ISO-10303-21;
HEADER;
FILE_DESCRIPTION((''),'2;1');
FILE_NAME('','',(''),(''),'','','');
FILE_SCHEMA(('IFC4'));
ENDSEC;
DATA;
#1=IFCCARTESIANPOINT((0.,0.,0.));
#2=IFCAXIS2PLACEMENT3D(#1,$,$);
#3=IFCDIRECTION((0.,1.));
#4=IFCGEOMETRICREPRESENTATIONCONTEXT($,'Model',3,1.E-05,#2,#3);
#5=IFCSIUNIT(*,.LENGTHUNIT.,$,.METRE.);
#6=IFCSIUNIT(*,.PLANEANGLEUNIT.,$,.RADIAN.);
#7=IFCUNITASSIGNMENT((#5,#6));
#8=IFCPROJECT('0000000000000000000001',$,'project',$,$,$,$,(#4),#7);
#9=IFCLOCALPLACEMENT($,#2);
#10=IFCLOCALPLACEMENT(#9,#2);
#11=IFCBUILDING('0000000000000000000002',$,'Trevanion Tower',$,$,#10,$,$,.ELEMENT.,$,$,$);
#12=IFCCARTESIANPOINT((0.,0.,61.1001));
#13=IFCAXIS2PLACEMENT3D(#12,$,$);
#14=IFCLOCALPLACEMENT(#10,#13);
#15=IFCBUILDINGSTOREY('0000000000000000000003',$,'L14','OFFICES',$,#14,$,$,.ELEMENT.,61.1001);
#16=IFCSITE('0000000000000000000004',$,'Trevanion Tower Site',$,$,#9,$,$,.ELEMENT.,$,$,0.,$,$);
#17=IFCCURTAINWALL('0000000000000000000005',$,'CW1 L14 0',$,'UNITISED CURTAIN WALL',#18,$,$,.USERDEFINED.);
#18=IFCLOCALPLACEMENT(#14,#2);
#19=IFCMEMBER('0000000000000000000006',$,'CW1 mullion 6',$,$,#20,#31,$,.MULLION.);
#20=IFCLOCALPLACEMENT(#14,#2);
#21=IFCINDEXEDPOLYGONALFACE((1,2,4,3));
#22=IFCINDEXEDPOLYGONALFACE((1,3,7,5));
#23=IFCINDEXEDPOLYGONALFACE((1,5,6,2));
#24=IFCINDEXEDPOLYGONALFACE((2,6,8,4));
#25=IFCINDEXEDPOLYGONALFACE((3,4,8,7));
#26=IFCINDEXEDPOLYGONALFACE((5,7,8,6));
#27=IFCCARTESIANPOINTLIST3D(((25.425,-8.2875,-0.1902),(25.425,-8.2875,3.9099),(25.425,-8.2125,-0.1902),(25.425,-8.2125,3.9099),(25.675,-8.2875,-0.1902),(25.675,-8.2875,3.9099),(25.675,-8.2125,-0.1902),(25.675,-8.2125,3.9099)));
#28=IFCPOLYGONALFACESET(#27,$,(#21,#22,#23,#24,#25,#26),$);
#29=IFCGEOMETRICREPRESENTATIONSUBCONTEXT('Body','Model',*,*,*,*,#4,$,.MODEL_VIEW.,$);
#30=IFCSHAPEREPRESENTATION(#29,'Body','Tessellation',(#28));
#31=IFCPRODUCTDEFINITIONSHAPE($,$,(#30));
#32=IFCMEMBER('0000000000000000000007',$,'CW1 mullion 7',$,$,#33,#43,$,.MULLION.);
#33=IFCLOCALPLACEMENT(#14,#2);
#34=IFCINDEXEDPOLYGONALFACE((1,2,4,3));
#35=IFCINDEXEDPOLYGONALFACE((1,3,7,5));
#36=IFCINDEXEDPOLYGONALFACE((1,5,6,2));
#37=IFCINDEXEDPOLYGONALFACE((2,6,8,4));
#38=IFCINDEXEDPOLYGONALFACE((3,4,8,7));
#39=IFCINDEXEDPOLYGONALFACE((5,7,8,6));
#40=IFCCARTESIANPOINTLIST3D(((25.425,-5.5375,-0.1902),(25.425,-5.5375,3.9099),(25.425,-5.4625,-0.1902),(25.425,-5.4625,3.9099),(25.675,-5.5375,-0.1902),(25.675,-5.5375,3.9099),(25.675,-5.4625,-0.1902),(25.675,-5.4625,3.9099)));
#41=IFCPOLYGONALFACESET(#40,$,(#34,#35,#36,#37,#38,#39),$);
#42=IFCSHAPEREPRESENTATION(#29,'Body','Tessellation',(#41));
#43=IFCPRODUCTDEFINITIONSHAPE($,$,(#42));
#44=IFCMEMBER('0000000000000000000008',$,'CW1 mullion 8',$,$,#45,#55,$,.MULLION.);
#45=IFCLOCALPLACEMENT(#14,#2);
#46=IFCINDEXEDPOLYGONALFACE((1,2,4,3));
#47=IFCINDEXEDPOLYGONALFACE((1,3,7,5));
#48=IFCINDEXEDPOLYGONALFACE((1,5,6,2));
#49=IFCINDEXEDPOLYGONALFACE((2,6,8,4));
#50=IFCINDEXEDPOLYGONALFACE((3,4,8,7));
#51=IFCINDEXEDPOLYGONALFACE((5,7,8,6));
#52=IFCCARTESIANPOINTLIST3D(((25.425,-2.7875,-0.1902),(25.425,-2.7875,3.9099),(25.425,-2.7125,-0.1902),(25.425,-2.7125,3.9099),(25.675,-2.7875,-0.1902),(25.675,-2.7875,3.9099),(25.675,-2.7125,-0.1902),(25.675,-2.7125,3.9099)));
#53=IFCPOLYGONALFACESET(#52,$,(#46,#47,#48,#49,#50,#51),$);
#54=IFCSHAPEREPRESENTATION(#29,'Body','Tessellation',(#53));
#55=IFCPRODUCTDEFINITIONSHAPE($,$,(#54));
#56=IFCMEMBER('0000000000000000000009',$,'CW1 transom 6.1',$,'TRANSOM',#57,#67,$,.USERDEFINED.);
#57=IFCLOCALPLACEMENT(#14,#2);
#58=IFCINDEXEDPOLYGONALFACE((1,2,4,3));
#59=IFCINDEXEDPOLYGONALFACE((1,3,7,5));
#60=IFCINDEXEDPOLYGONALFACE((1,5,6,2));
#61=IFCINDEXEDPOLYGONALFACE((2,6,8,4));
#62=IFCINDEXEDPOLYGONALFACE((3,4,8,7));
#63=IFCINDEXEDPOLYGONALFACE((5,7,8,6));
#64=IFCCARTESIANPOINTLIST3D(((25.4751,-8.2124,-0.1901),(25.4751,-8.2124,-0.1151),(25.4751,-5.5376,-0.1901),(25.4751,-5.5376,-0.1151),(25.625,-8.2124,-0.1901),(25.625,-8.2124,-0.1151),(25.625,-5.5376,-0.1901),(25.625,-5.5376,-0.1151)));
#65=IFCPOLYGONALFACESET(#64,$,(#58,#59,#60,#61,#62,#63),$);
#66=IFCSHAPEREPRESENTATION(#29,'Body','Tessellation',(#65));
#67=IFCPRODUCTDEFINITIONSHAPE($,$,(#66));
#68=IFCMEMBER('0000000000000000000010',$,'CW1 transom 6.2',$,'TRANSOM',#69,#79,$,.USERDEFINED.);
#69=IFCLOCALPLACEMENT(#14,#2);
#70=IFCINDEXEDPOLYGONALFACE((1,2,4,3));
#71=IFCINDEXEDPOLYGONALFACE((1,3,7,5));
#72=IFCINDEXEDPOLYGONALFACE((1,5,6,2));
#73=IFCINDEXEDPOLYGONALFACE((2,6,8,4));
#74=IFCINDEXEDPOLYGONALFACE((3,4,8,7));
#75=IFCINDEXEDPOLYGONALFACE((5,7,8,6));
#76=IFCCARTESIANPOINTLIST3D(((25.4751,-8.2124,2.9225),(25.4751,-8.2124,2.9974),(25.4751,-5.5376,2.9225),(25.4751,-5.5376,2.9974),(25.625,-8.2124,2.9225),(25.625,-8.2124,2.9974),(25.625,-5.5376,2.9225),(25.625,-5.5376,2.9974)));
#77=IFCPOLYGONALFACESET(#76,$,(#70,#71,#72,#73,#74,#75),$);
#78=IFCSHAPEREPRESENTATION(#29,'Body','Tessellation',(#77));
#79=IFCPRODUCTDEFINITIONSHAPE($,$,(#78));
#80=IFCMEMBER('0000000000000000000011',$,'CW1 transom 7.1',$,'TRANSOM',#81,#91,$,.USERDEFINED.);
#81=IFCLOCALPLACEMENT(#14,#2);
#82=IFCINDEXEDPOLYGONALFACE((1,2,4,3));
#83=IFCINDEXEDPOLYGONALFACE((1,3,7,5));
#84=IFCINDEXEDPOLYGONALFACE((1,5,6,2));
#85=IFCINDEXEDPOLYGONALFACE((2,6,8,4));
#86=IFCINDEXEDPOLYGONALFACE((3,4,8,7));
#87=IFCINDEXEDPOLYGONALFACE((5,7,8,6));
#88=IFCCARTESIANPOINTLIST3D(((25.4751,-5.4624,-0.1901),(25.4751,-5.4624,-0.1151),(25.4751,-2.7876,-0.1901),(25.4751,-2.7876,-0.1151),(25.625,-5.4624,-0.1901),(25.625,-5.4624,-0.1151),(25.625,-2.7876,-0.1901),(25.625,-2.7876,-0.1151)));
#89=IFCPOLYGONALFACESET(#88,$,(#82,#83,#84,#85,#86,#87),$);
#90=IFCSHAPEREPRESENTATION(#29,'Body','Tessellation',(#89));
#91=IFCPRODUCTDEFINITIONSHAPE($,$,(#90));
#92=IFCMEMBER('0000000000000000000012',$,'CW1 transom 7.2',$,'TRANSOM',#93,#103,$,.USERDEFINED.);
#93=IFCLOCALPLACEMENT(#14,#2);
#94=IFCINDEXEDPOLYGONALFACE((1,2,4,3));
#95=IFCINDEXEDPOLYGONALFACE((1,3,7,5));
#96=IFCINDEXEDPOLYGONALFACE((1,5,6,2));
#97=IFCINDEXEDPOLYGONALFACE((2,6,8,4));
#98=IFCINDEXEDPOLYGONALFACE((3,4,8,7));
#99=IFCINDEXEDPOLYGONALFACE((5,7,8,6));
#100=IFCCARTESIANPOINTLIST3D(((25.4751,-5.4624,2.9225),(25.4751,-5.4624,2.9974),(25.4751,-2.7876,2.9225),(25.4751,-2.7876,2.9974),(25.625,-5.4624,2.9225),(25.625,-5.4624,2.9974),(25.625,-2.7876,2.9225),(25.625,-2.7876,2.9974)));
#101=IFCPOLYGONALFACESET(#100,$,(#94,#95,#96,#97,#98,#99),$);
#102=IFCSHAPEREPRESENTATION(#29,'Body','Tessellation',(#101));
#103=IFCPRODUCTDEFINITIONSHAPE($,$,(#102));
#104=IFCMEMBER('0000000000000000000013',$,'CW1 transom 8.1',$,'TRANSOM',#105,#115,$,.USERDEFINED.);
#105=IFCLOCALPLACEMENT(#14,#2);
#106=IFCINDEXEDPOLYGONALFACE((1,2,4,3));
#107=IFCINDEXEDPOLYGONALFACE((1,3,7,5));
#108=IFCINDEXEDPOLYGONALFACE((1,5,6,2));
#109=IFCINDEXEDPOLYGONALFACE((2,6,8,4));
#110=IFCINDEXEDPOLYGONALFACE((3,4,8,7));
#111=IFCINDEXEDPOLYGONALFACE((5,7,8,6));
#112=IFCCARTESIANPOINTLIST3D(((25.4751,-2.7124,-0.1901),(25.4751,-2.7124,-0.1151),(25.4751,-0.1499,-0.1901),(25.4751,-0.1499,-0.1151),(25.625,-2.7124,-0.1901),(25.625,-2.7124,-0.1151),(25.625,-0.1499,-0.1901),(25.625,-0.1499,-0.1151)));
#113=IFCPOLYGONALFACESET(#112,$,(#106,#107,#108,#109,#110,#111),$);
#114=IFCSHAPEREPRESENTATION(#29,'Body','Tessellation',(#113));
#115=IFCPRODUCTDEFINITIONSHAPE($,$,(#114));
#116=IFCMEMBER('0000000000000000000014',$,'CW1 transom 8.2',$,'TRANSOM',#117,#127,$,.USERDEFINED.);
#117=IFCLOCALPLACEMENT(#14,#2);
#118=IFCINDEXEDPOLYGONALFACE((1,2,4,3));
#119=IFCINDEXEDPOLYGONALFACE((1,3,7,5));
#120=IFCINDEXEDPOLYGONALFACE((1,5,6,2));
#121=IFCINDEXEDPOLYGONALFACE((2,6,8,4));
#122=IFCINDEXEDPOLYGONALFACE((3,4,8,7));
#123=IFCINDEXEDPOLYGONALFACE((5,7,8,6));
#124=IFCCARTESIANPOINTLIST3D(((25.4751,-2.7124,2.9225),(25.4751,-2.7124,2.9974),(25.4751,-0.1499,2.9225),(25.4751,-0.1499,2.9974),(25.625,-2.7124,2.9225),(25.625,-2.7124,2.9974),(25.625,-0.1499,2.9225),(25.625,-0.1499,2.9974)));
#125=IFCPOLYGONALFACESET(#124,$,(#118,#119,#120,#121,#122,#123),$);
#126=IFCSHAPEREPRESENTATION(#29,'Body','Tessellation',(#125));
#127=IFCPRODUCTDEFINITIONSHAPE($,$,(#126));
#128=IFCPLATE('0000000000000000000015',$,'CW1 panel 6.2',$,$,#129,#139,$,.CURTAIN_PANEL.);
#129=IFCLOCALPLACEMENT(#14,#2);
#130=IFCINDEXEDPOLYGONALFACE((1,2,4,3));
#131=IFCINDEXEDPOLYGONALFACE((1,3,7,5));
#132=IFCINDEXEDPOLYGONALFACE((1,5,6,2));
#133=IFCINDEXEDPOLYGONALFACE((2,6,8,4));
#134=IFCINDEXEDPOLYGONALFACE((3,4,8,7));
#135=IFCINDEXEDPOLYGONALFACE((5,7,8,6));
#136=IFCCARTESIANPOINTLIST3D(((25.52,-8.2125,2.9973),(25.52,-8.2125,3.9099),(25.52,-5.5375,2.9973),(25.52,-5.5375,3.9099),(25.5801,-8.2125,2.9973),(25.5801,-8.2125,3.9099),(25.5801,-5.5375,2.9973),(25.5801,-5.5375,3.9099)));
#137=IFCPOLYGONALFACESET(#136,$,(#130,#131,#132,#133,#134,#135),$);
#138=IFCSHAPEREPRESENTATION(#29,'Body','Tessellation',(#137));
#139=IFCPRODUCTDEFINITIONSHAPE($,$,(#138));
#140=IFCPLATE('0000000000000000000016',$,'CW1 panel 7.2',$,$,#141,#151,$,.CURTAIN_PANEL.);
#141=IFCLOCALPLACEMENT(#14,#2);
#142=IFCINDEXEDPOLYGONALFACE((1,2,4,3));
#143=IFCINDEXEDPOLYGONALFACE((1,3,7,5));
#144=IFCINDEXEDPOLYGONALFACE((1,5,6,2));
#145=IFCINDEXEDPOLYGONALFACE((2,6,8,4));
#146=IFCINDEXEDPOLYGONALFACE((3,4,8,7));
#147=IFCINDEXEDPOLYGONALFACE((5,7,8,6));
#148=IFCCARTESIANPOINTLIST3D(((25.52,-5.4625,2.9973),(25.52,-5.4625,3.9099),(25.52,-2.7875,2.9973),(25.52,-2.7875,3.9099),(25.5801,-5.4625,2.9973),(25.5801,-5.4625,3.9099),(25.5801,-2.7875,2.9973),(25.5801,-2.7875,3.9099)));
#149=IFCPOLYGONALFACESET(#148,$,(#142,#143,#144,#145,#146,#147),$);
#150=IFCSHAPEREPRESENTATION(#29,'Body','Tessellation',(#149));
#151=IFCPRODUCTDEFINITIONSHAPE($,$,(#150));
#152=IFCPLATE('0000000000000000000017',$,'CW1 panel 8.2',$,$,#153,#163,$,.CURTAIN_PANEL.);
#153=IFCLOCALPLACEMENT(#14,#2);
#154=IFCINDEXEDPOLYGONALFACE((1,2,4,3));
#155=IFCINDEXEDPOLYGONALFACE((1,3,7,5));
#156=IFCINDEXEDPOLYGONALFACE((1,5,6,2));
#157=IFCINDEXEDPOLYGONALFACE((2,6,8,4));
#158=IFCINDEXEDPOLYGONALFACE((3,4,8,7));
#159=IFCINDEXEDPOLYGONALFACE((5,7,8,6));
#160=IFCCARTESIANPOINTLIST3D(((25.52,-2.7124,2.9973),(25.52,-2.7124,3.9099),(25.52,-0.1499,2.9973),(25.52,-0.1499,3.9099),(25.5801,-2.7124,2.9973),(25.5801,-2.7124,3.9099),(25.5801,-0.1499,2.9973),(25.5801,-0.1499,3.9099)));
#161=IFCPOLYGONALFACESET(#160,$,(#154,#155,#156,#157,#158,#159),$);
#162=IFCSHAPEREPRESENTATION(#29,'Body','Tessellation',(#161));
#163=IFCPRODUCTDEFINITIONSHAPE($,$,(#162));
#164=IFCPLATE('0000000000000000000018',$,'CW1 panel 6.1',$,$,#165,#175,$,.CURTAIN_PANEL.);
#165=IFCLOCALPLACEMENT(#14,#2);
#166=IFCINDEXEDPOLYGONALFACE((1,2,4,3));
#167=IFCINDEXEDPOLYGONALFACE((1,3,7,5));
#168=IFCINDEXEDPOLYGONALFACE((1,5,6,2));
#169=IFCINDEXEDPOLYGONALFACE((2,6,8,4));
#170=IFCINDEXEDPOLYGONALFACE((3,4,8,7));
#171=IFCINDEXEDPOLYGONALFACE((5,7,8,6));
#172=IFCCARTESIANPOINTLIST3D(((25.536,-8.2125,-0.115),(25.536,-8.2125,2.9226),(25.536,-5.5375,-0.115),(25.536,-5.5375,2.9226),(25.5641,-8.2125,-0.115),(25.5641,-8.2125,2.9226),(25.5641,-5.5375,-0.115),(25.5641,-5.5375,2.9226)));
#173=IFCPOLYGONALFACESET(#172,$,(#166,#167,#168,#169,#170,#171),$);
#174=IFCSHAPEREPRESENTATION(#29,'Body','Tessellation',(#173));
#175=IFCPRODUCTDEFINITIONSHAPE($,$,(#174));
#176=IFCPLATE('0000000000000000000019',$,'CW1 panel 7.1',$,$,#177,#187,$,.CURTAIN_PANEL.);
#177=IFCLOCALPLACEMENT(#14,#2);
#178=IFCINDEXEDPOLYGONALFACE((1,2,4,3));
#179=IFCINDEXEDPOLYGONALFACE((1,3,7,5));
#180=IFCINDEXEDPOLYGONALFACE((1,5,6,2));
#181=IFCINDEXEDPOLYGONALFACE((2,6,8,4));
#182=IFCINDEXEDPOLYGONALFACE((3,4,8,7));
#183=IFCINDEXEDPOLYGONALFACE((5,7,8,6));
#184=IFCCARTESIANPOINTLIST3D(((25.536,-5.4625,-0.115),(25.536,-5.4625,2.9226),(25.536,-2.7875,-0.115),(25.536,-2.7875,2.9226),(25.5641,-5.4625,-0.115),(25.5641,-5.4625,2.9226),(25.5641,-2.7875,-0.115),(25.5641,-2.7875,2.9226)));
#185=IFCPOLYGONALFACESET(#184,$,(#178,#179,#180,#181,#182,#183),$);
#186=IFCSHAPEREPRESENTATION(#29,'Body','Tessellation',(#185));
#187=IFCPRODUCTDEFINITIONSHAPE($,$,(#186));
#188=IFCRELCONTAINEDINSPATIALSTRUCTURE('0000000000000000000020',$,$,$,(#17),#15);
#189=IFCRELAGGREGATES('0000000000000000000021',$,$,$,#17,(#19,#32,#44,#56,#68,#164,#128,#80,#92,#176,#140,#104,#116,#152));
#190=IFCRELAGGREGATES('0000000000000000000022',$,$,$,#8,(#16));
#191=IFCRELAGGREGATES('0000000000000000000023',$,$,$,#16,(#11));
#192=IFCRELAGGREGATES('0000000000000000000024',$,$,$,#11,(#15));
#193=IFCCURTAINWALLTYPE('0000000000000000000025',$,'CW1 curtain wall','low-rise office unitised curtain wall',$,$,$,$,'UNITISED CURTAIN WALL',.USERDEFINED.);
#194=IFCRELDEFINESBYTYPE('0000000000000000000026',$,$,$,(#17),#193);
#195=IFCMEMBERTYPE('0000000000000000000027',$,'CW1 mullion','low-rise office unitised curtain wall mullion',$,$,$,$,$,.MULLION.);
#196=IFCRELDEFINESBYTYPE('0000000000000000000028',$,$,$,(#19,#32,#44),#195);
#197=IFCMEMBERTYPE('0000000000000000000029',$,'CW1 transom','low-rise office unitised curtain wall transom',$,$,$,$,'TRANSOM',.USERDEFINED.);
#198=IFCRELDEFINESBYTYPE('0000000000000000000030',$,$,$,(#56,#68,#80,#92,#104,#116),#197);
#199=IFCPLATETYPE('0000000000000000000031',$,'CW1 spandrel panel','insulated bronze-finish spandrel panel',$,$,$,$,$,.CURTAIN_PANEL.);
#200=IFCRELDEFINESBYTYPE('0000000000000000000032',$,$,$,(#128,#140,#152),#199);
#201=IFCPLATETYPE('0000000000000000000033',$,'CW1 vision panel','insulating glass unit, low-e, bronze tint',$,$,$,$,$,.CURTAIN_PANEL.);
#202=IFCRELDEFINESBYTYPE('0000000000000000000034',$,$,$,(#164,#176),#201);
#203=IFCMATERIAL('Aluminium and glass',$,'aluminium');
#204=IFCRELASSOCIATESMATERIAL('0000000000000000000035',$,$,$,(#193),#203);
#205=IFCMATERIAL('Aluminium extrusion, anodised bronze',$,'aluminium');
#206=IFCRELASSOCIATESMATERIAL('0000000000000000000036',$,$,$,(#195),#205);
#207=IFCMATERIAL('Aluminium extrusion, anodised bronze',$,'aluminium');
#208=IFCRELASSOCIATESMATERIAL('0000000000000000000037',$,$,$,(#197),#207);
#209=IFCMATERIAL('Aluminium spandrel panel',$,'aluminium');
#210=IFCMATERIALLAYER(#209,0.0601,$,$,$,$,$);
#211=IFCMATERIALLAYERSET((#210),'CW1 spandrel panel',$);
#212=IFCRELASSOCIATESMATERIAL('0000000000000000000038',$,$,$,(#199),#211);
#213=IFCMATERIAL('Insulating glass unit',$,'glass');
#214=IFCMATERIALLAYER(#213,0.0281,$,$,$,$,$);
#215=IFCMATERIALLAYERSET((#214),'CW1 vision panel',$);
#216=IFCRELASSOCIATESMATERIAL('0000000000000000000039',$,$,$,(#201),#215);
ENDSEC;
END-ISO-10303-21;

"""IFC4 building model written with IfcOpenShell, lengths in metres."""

from ifc_helpers import new_model, si_unit, direction, frame, origin, origin_2d, place, context, subcontext, project, spatial, rectangle, extrude, material, layer, layer_set, material_profile, profile_set, type_object, element, aggregate, save


model = new_model("IFC4")

# Units and contexts
model_context = context("Model", 3, precision=1e-05, world=origin(), true_north=direction((0.0, 1.0)))
body_context = subcontext(model_context, "Body", "Model", "MODEL_VIEW")
ifc_project = project(units=[si_unit("LENGTHUNIT", "METRE"), si_unit("PLANEANGLEUNIT", "RADIAN")], contexts=[model_context])

# Site, building, storey
site_placement = place(None, origin())
site = spatial("IfcSite", under=ifc_project, at=site_placement, Name="Trevanion Tower Site", CompositionType="ELEMENT", RefElevation=0.0)
building_placement = place(site_placement, origin())
building = spatial("IfcBuilding", under=site, at=building_placement, Name="Trevanion Tower", CompositionType="ELEMENT")
storey_placement = place(building_placement, frame((0.0, 0.0, 61.1001)))
storey = spatial("IfcBuildingStorey", under=building, at=storey_placement, Name="L14", Description="OFFICES", CompositionType="ELEMENT", Elevation=61.1001)

# Curtain wall, members, plates
ifc_material_1 = material(Name="Aluminium and glass", Category="aluminium")
curtain_wall_type = type_object("IfcCurtainWallType", Name="CW1 curtain wall", Description="low-rise office unitised curtain wall", ElementType="UNITISED CURTAIN WALL", PredefinedType="USERDEFINED", material=ifc_material_1)
curtain_wall_placement = place(storey_placement, origin())
curtain_wall = element("IfcCurtainWall", 1, at=curtain_wall_placement, inside=storey, type_object=curtain_wall_type, Name="CW1 L14 0", ObjectType="UNITISED CURTAIN WALL", PredefinedType="USERDEFINED")
ifc_material_2 = material(Name="Aluminium extrusion, anodised bronze", Category="aluminium")
ifc_material_profile_1 = material_profile(ifc_material_2, rectangle(XDim=0.075, YDim=0.25, at=origin_2d()), Name="CW1 mullion")
ifc_profile_set_1 = profile_set([ifc_material_profile_1], Name="Aluminium extrusion, anodised bronze")
member_type_1 = type_object("IfcMemberType", Name="CW1 mullion", Description="low-rise office unitised curtain wall mullion", PredefinedType="MULLION", material=ifc_profile_set_1)
member_1_placement = place(storey_placement, frame((25.55, -8.25, -0.1902), z_axis=(0.0, 0.0, 1.0), x_axis=(0.0, 1.0, 0.0)))
member_1 = element("IfcMember", 2, at=member_1_placement, type_object=member_type_1, Name="CW1 mullion 6", PredefinedType="MULLION", context=body_context, shape_type="SweptSolid", body=[
    extrude(rectangle(XDim=0.075, YDim=0.25, at=origin_2d()), origin(), (0.0, 0.0, 1.0), 4.1001),
])
member_2_placement = place(storey_placement, frame((25.55, -5.5, -0.1902), z_axis=(0.0, 0.0, 1.0), x_axis=(0.0, 1.0, 0.0)))
member_2 = element("IfcMember", 3, at=member_2_placement, type_object=member_type_1, Name="CW1 mullion 7", PredefinedType="MULLION", context=body_context, shape_type="SweptSolid", body=[
    extrude(rectangle(XDim=0.075, YDim=0.25, at=origin_2d()), origin(), (0.0, 0.0, 1.0), 4.1001),
])
member_3_placement = place(storey_placement, frame((25.55, -2.75, -0.1902), z_axis=(0.0, 0.0, 1.0), x_axis=(0.0, 1.0, 0.0)))
member_3 = element("IfcMember", 4, at=member_3_placement, type_object=member_type_1, Name="CW1 mullion 8", PredefinedType="MULLION", context=body_context, shape_type="SweptSolid", body=[
    extrude(rectangle(XDim=0.075, YDim=0.25, at=origin_2d()), origin(), (0.0, 0.0, 1.0), 4.1001),
])
ifc_material_3 = material(Name="Aluminium extrusion, anodised bronze", Category="aluminium")
ifc_material_profile_2 = material_profile(ifc_material_3, rectangle(XDim=0.1499, YDim=0.075, at=origin_2d()), Name="CW1 transom")
ifc_profile_set_2 = profile_set([ifc_material_profile_2], Name="Aluminium extrusion, anodised bronze")
member_type_2 = type_object("IfcMemberType", Name="CW1 transom", Description="low-rise office unitised curtain wall transom", ElementType="TRANSOM", PredefinedType="USERDEFINED", material=ifc_profile_set_2)
member_4_placement = place(storey_placement, frame((25.55, -8.2124, -0.1526), z_axis=(0.0, 1.0, 0.0), x_axis=(-1.0, 0.0, 0.0)))
member_4 = element("IfcMember", 5, at=member_4_placement, type_object=member_type_2, Name="CW1 transom 6.1", ObjectType="TRANSOM", PredefinedType="USERDEFINED", context=body_context, shape_type="SweptSolid", body=[
    extrude(rectangle(XDim=0.1499, YDim=0.075, at=origin_2d()), origin(), (0.0, 0.0, 1.0), 2.6748),
])
member_5_placement = place(storey_placement, frame((25.55, -8.2124, 2.96), z_axis=(0.0, 1.0, 0.0), x_axis=(-1.0, 0.0, 0.0)))
member_5 = element("IfcMember", 6, at=member_5_placement, type_object=member_type_2, Name="CW1 transom 6.2", ObjectType="TRANSOM", PredefinedType="USERDEFINED", context=body_context, shape_type="SweptSolid", body=[
    extrude(rectangle(XDim=0.1499, YDim=0.075, at=origin_2d()), origin(), (0.0, 0.0, 1.0), 2.6748),
])
member_6_placement = place(storey_placement, frame((25.55, -5.4624, -0.1526), z_axis=(0.0, 1.0, 0.0), x_axis=(-1.0, 0.0, 0.0)))
member_6 = element("IfcMember", 7, at=member_6_placement, type_object=member_type_2, Name="CW1 transom 7.1", ObjectType="TRANSOM", PredefinedType="USERDEFINED", context=body_context, shape_type="SweptSolid", body=[
    extrude(rectangle(XDim=0.1499, YDim=0.075, at=origin_2d()), origin(), (0.0, 0.0, 1.0), 2.6748),
])
member_7_placement = place(storey_placement, frame((25.55, -5.4624, 2.96), z_axis=(0.0, 1.0, 0.0), x_axis=(-1.0, 0.0, 0.0)))
member_7 = element("IfcMember", 8, at=member_7_placement, type_object=member_type_2, Name="CW1 transom 7.2", ObjectType="TRANSOM", PredefinedType="USERDEFINED", context=body_context, shape_type="SweptSolid", body=[
    extrude(rectangle(XDim=0.1499, YDim=0.075, at=origin_2d()), origin(), (0.0, 0.0, 1.0), 2.6748),
])
member_8_placement = place(storey_placement, frame((25.55, -2.7124, -0.1526), z_axis=(0.0, 1.0, 0.0), x_axis=(-1.0, 0.0, 0.0)))
member_8 = element("IfcMember", 9, at=member_8_placement, type_object=member_type_2, Name="CW1 transom 8.1", ObjectType="TRANSOM", PredefinedType="USERDEFINED", context=body_context, shape_type="SweptSolid", body=[
    extrude(rectangle(XDim=0.1499, YDim=0.075, at=origin_2d()), origin(), (0.0, 0.0, 1.0), 2.5625),
])
member_9_placement = place(storey_placement, frame((25.55, -2.7124, 2.96), z_axis=(0.0, 1.0, 0.0), x_axis=(-1.0, 0.0, 0.0)))
member_9 = element("IfcMember", 10, at=member_9_placement, type_object=member_type_2, Name="CW1 transom 8.2", ObjectType="TRANSOM", PredefinedType="USERDEFINED", context=body_context, shape_type="SweptSolid", body=[
    extrude(rectangle(XDim=0.1499, YDim=0.075, at=origin_2d()), origin(), (0.0, 0.0, 1.0), 2.5625),
])
ifc_material_4 = material(Name="Aluminium spandrel panel", Category="aluminium")
ifc_layer_1 = layer(ifc_material_4, 0.0601)
ifc_layer_set_1 = layer_set([ifc_layer_1], Name="CW1 spandrel panel")
plate_type_1 = type_object("IfcPlateType", Name="CW1 spandrel panel", Description="insulated bronze-finish spandrel panel", PredefinedType="CURTAIN_PANEL", material=ifc_layer_set_1)
plate_1_placement = place(storey_placement, frame((25.55, -6.875, 2.9973), z_axis=(0.0, 0.0, 1.0), x_axis=(0.0, 1.0, 0.0)))
plate_1 = element("IfcPlate", 11, at=plate_1_placement, type_object=plate_type_1, Name="CW1 panel 6.2", PredefinedType="CURTAIN_PANEL", context=body_context, shape_type="SweptSolid", body=[
    extrude(rectangle(XDim=2.675, YDim=0.0601, at=origin_2d()), origin(), (0.0, 0.0, 1.0), 0.9126),
])
plate_2_placement = place(storey_placement, frame((25.55, -4.125, 2.9973), z_axis=(0.0, 0.0, 1.0), x_axis=(0.0, 1.0, 0.0)))
plate_2 = element("IfcPlate", 12, at=plate_2_placement, type_object=plate_type_1, Name="CW1 panel 7.2", PredefinedType="CURTAIN_PANEL", context=body_context, shape_type="SweptSolid", body=[
    extrude(rectangle(XDim=2.675, YDim=0.0601, at=origin_2d()), origin(), (0.0, 0.0, 1.0), 0.9126),
])
plate_3_placement = place(storey_placement, frame((25.55, -1.4312, 2.9973), z_axis=(0.0, 0.0, 1.0), x_axis=(0.0, 1.0, 0.0)))
plate_3 = element("IfcPlate", 13, at=plate_3_placement, type_object=plate_type_1, Name="CW1 panel 8.2", PredefinedType="CURTAIN_PANEL", context=body_context, shape_type="SweptSolid", body=[
    extrude(rectangle(XDim=2.5625, YDim=0.0601, at=origin_2d()), origin(), (0.0, 0.0, 1.0), 0.9126),
])
ifc_material_5 = material(Name="Insulating glass unit", Category="glass")
ifc_layer_2 = layer(ifc_material_5, 0.0281)
ifc_layer_set_2 = layer_set([ifc_layer_2], Name="CW1 vision panel")
plate_type_2 = type_object("IfcPlateType", Name="CW1 vision panel", Description="insulating glass unit, low-e, bronze tint", PredefinedType="CURTAIN_PANEL", material=ifc_layer_set_2)
plate_4_placement = place(storey_placement, frame((25.55, -6.875, -0.115), z_axis=(0.0, 0.0, 1.0), x_axis=(0.0, 1.0, 0.0)))
plate_4 = element("IfcPlate", 14, at=plate_4_placement, type_object=plate_type_2, Name="CW1 panel 6.1", PredefinedType="CURTAIN_PANEL", context=body_context, shape_type="SweptSolid", body=[
    extrude(rectangle(XDim=2.675, YDim=0.0281, at=origin_2d()), origin(), (0.0, 0.0, 1.0), 3.0376),
])
plate_5_placement = place(storey_placement, frame((25.55, -4.125, -0.115), z_axis=(0.0, 0.0, 1.0), x_axis=(0.0, 1.0, 0.0)))
plate_5 = element("IfcPlate", 15, at=plate_5_placement, type_object=plate_type_2, Name="CW1 panel 7.1", PredefinedType="CURTAIN_PANEL", context=body_context, shape_type="SweptSolid", body=[
    extrude(rectangle(XDim=2.675, YDim=0.0281, at=origin_2d()), origin(), (0.0, 0.0, 1.0), 3.0376),
])
aggregate(curtain_wall, [member_1, member_2, member_3, member_4, member_5, plate_4, plate_1, member_6, member_7, plate_5, plate_2, member_8, member_9, plate_3])

save(model, "model.ifc")
